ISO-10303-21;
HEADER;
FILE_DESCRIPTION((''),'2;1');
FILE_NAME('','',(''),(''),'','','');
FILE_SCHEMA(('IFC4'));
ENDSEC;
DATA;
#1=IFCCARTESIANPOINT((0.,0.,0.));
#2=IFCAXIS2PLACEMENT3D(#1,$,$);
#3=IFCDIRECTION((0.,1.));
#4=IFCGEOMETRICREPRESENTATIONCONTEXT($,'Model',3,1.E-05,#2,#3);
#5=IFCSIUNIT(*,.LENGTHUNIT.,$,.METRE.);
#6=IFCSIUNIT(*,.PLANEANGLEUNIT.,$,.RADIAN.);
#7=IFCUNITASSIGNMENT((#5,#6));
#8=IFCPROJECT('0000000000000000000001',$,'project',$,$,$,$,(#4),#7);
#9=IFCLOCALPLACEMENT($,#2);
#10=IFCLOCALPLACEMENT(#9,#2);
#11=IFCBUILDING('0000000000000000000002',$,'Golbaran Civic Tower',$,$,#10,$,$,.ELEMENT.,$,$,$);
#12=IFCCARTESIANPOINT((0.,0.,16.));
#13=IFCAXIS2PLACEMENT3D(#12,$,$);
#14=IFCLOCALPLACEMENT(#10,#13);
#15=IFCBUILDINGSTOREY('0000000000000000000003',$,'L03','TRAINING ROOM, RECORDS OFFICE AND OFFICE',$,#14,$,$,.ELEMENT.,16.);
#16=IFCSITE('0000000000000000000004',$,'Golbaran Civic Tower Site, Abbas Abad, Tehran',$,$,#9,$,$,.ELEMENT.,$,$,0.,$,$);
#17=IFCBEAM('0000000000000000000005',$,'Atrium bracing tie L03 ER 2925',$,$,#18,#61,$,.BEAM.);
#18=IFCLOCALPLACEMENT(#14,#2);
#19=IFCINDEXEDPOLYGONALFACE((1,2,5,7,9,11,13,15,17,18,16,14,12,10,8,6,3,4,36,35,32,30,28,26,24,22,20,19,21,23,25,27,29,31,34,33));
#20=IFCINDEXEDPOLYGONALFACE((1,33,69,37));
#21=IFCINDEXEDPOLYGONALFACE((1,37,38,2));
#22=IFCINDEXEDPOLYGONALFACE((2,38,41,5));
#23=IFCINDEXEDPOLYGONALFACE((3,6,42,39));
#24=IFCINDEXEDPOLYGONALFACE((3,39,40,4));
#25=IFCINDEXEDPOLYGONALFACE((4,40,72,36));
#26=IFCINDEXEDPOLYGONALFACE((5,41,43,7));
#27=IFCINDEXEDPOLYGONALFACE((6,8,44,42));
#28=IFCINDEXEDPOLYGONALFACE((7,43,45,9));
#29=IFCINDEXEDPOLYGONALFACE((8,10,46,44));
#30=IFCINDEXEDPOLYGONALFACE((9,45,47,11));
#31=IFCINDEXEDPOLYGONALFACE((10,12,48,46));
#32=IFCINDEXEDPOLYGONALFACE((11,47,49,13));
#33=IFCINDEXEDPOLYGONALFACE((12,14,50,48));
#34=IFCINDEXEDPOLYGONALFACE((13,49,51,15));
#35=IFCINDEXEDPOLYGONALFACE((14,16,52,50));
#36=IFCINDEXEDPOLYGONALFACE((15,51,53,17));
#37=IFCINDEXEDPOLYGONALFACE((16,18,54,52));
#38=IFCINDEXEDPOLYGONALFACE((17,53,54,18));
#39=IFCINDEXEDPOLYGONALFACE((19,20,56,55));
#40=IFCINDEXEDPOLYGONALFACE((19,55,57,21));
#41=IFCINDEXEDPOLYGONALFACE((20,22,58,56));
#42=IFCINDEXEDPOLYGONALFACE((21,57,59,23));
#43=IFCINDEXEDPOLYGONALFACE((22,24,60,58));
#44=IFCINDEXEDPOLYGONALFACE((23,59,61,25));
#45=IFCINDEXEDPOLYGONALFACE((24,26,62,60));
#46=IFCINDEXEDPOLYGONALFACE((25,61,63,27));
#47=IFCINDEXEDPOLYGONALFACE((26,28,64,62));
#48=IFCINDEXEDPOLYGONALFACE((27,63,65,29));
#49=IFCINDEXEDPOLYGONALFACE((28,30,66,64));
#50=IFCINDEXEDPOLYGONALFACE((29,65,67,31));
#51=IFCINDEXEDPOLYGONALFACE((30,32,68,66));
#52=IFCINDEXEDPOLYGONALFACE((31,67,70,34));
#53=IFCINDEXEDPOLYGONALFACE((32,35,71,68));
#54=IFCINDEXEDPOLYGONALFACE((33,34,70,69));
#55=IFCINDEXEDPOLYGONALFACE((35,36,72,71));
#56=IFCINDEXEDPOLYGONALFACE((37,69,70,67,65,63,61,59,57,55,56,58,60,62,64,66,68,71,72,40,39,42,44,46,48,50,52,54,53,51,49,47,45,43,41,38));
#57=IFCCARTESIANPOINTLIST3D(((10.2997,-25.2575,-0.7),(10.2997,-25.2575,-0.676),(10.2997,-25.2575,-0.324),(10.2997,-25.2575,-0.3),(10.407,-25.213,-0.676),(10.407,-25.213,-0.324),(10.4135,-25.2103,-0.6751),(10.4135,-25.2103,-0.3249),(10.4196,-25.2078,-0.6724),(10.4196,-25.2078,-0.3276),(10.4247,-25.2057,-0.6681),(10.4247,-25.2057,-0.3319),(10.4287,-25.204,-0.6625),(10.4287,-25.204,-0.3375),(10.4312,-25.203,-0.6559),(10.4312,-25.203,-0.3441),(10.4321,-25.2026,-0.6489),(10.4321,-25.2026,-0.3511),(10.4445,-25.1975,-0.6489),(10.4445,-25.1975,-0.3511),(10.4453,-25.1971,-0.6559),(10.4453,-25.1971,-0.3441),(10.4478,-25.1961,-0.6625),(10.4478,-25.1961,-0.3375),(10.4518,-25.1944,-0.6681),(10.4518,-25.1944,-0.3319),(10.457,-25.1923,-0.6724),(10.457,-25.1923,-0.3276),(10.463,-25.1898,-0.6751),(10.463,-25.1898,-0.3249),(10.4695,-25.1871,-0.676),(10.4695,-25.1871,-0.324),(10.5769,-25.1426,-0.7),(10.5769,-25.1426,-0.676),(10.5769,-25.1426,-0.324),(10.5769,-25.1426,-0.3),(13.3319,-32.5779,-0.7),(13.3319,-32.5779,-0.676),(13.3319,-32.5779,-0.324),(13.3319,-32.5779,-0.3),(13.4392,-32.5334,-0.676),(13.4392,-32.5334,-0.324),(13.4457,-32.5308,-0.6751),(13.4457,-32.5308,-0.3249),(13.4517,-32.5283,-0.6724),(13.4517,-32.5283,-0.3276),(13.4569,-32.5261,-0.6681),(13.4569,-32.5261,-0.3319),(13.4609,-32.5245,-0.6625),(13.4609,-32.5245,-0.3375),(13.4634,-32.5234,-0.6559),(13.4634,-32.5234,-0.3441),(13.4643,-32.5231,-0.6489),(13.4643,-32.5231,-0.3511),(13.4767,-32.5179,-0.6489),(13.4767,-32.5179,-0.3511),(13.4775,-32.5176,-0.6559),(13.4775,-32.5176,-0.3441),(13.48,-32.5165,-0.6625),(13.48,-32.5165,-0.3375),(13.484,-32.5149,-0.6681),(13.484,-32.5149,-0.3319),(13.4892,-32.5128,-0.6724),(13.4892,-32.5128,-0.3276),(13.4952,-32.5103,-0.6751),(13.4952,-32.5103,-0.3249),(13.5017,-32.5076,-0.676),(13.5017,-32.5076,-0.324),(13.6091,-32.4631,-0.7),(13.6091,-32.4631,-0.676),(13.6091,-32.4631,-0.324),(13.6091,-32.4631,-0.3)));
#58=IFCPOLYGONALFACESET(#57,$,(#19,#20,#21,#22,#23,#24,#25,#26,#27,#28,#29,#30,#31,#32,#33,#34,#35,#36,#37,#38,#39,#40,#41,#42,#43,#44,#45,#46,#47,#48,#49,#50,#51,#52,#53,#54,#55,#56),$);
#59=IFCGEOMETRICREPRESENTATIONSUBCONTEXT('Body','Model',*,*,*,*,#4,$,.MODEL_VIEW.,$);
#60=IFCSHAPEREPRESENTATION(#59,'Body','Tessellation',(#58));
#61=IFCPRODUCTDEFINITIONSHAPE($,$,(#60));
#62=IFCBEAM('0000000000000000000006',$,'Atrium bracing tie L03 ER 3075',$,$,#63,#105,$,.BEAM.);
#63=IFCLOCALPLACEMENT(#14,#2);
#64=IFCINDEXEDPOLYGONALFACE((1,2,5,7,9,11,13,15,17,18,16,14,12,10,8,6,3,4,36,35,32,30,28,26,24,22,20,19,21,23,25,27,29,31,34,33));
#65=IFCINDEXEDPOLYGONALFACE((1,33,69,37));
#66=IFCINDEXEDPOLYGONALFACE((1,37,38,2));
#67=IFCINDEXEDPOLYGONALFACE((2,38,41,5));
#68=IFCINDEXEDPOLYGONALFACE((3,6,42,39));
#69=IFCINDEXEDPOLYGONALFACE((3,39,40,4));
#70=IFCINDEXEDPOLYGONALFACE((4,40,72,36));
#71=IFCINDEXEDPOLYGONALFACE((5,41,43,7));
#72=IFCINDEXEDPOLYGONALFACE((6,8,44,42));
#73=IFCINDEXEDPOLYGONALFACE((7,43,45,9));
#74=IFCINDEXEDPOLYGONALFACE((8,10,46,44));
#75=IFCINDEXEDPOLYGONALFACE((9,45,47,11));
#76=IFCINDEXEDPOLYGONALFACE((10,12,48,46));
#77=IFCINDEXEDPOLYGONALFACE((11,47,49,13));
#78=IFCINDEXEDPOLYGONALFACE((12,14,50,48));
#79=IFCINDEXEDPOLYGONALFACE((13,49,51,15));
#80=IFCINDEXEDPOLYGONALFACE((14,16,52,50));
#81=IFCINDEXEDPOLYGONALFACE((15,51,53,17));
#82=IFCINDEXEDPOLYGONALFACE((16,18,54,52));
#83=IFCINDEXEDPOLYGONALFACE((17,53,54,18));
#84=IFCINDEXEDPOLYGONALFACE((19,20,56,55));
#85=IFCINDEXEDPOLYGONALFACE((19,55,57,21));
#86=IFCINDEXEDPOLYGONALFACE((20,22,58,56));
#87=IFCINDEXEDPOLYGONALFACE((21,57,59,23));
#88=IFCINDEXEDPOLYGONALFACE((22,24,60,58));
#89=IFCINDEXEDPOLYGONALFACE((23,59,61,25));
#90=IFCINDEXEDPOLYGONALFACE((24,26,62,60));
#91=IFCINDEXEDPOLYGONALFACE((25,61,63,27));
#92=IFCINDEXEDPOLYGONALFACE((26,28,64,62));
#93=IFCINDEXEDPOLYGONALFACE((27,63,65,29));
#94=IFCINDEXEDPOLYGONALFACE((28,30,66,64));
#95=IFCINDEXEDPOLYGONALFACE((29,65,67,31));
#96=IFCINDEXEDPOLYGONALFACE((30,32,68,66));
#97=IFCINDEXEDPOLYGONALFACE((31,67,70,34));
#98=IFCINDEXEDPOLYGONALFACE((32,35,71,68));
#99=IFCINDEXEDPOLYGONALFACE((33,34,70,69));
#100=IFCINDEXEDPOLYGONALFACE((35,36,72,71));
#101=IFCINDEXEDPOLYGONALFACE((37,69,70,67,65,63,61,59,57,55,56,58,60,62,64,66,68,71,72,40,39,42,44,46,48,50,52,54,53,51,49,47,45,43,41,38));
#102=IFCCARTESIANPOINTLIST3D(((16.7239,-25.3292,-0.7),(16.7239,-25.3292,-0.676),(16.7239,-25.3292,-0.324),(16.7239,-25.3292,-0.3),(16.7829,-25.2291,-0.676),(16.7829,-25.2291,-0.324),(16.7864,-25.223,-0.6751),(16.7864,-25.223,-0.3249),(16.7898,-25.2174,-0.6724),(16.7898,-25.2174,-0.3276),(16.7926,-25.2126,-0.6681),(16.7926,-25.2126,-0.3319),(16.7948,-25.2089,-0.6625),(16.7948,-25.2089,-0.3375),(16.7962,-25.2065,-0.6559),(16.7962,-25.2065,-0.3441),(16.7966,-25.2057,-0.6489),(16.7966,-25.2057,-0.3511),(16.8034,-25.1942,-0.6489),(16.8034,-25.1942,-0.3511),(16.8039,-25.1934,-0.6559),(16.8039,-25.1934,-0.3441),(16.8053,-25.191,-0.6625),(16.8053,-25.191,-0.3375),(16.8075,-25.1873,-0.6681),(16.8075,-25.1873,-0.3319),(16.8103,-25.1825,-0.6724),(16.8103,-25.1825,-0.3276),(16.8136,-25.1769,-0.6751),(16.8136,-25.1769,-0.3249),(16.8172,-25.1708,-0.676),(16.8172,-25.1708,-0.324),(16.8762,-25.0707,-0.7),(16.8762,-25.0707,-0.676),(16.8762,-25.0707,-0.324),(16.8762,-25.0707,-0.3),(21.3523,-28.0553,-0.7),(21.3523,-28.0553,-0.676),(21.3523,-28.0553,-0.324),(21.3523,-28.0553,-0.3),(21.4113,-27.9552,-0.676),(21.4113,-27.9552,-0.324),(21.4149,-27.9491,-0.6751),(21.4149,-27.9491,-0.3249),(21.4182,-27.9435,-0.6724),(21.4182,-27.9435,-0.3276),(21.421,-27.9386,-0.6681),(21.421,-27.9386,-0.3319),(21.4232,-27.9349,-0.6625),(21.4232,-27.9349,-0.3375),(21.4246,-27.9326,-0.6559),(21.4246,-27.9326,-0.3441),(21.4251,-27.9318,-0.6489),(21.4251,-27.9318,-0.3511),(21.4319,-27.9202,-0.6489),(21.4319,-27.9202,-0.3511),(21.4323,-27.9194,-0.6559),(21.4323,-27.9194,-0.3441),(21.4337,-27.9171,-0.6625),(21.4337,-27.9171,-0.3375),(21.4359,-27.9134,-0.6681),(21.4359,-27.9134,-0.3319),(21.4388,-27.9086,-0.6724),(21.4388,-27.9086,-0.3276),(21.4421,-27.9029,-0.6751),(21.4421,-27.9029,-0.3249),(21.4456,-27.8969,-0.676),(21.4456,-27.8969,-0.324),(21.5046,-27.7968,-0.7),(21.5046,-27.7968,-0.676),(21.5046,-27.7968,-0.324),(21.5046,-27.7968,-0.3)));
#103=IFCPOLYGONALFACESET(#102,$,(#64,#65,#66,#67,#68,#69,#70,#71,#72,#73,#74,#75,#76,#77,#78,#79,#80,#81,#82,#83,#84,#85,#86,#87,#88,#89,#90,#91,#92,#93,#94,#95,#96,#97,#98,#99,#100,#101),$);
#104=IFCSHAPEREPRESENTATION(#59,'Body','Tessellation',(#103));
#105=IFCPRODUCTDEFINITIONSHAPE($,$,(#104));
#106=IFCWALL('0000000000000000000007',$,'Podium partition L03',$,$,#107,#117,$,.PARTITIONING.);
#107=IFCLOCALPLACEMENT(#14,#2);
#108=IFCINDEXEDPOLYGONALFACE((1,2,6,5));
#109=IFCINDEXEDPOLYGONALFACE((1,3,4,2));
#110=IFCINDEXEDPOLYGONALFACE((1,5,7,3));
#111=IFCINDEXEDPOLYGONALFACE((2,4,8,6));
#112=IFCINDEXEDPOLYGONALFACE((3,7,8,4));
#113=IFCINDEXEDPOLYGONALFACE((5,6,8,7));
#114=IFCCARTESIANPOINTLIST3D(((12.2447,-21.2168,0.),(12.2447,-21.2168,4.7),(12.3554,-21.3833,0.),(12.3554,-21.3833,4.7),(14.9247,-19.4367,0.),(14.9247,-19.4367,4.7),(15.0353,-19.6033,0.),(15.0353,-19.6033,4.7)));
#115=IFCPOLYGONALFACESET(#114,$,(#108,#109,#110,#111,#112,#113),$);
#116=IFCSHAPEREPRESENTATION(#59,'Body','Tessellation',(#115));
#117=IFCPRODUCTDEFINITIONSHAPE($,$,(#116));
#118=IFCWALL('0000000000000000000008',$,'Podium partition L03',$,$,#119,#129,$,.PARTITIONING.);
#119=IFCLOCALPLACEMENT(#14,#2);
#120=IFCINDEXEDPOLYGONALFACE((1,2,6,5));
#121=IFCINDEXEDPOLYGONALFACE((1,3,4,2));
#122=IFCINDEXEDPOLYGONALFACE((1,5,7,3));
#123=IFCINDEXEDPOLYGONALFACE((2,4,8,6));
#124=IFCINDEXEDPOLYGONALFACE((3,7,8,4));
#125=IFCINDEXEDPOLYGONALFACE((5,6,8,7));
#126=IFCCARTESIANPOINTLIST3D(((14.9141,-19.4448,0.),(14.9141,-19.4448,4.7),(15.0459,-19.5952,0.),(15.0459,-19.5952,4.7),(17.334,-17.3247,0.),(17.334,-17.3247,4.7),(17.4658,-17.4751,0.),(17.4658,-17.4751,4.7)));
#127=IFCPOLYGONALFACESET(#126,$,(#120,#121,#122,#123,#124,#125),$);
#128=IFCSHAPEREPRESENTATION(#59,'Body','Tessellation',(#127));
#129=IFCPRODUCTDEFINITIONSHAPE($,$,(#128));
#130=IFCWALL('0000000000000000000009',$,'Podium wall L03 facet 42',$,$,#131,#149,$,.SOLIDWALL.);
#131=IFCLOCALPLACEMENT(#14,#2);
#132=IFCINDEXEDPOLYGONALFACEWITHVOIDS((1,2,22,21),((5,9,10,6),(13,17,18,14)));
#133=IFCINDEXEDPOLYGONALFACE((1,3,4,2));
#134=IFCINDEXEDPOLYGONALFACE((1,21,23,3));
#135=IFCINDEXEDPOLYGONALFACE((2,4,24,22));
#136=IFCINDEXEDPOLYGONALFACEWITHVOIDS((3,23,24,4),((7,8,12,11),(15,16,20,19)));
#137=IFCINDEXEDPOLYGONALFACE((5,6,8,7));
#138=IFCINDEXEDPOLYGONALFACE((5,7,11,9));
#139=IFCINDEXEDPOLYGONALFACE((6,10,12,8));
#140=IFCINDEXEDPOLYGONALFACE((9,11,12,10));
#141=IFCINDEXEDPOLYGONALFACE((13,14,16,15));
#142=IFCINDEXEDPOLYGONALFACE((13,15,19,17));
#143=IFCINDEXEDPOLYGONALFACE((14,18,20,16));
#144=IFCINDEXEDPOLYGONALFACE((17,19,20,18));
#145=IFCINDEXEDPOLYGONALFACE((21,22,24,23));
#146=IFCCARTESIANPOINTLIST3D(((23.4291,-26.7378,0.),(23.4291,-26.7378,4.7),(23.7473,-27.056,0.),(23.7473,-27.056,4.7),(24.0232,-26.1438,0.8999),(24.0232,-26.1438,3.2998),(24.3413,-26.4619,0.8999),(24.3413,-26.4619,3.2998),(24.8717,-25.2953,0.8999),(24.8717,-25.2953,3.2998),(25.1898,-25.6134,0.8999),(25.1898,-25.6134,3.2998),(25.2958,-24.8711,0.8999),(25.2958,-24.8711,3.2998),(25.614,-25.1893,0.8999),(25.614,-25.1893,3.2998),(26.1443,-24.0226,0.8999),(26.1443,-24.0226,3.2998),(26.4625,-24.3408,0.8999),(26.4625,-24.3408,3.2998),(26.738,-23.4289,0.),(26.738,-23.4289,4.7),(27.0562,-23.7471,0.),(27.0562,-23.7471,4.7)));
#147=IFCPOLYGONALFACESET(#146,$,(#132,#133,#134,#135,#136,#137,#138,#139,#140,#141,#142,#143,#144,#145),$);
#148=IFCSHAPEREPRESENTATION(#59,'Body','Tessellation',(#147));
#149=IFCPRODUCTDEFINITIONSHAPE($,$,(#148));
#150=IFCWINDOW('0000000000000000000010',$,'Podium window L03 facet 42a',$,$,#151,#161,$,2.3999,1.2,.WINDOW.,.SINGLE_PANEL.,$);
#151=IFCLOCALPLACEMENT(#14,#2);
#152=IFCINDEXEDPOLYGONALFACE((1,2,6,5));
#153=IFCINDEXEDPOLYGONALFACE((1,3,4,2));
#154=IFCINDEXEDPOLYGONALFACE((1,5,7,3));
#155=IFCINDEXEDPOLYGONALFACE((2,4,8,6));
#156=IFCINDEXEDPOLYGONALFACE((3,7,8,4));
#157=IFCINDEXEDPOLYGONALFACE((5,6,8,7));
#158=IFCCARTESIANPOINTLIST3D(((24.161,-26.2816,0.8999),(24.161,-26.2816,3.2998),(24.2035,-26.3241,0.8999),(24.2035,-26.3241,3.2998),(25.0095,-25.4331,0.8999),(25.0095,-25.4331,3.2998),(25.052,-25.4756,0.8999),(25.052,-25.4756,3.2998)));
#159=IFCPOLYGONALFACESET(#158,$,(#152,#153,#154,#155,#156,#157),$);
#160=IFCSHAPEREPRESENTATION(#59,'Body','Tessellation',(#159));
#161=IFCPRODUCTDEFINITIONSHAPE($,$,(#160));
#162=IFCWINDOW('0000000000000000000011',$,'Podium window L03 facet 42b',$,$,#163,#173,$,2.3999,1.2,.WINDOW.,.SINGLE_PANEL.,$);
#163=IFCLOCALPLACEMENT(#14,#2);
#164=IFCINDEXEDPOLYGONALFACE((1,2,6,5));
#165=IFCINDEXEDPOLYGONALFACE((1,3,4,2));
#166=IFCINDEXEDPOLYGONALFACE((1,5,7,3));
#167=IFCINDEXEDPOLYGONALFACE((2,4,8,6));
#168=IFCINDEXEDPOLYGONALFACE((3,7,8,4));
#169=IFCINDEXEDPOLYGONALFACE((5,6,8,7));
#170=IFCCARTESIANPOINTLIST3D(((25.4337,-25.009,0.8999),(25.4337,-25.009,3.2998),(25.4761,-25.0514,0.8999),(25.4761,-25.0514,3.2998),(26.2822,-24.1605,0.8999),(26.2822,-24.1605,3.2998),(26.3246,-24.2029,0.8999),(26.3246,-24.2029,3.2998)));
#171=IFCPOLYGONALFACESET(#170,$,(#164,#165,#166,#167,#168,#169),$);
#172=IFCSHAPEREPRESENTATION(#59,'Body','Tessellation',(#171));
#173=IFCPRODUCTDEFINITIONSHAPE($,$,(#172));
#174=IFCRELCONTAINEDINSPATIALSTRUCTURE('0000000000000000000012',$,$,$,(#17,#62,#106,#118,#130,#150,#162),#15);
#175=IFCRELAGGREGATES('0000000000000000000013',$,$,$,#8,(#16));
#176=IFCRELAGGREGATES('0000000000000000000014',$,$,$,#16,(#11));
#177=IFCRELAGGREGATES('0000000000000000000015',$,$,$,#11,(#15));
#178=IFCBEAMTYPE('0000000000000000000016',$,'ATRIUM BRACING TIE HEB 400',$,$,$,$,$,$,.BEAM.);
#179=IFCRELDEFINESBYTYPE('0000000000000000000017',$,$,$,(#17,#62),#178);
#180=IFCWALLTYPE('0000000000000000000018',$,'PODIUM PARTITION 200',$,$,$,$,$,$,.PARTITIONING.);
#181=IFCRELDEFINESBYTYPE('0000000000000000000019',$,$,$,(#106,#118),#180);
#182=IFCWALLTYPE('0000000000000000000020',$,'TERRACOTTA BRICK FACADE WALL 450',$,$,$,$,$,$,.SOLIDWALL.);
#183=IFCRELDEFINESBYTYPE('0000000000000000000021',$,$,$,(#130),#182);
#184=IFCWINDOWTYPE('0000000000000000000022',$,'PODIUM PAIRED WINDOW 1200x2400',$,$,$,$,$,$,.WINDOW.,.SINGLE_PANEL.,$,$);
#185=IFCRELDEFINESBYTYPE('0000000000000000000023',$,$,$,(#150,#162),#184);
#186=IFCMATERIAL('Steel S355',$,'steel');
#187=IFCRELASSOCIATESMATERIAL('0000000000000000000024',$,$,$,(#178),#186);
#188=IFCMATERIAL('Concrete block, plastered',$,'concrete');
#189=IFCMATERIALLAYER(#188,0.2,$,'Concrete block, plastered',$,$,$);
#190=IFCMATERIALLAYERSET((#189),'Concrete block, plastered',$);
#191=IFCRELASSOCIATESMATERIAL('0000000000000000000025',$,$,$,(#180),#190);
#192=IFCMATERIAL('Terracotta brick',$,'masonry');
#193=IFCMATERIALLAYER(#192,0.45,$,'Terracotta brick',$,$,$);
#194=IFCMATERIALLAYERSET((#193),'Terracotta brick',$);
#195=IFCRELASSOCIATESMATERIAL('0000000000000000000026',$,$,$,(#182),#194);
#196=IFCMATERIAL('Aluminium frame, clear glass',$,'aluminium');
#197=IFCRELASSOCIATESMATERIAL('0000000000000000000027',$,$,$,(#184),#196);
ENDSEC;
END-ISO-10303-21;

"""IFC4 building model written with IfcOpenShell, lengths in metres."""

from ifc_helpers import new_model, si_unit, direction, frame, frame_2d, origin, origin_2d, place, context, subcontext, project, spatial, rectangle, i_section, extrude, material, layer, layer_set, material_profile, profile_set, type_object, element, fill, save


model = new_model("IFC4")

# Units and contexts
model_context = context("Model", 3, precision=1e-05, world=origin(), true_north=direction((0.0, 1.0)))
body_context = subcontext(model_context, "Body", "Model", "MODEL_VIEW")
ifc_project = project(units=[si_unit("LENGTHUNIT", "METRE"), si_unit("PLANEANGLEUNIT", "RADIAN")], contexts=[model_context])

# Site, building, storey
site_placement = place(None, origin())
site = spatial("IfcSite", under=ifc_project, at=site_placement, Name="Golbaran Civic Tower Site, Abbas Abad, Tehran", CompositionType="ELEMENT", RefElevation=0.0)
building_placement = place(site_placement, origin())
building = spatial("IfcBuilding", under=site, at=building_placement, Name="Golbaran Civic Tower", CompositionType="ELEMENT")
storey_placement = place(building_placement, frame((0.0, 0.0, 16.0)))
storey = spatial("IfcBuildingStorey", under=building, at=storey_placement, Name="L03", Description="TRAINING ROOM, RECORDS OFFICE AND OFFICE", CompositionType="ELEMENT", Elevation=16.0)

# Beams
ifc_material_1 = material(Name="Steel S355", Category="steel")
ifc_material_profile_1 = material_profile(ifc_material_1, i_section(OverallWidth=0.3, OverallDepth=0.3999, WebThickness=0.0134, FlangeThickness=0.0239, FilletRadius=0.0271, at=origin_2d()), Name="HEB 400")
ifc_profile_set_1 = profile_set([ifc_material_profile_1], Name="Steel S355")
beam_type = type_object("IfcBeamType", Name="ATRIUM BRACING TIE HEB 400", PredefinedType="BEAM", material=ifc_profile_set_1)
beam_1_placement = place(storey_placement, frame((13.4705, -32.5205, -0.5), z_axis=(-0.382678, 0.923882, 0.0), x_axis=(-0.923882, -0.382678, 0.0)))
element("IfcBeam", 1, at=beam_1_placement, inside=storey, type_object=beam_type, Name="Atrium bracing tie L03 ER 2925", PredefinedType="BEAM", context=body_context, shape_type="SweptSolid", body=[
    extrude(i_section(OverallWidth=0.3, OverallDepth=0.3999, WebThickness=0.0134, FlangeThickness=0.0239, FilletRadius=0.0271, at=origin_2d()), origin(), (0.0, 0.0, 1.0), 7.9236),
])
beam_2_placement = place(storey_placement, frame((21.4285, -27.926, -0.5), z_axis=(-0.861651, 0.507501, 0.0), x_axis=(-0.507501, -0.861651, 0.0)))
element("IfcBeam", 2, at=beam_2_placement, inside=storey, type_object=beam_type, Name="Atrium bracing tie L03 ER 3075", PredefinedType="BEAM", context=body_context, shape_type="SweptSolid", body=[
    extrude(i_section(OverallWidth=0.3, OverallDepth=0.3999, WebThickness=0.0134, FlangeThickness=0.0239, FilletRadius=0.0271, at=origin_2d()), origin(), (0.0, 0.0, 1.0), 5.3716),
])

# Walls
ifc_material_2 = material(Name="Concrete block, plastered", Category="concrete")
ifc_layer_1 = layer(ifc_material_2, 0.2, Name="Concrete block, plastered")
ifc_layer_set_1 = layer_set([ifc_layer_1], Name="Concrete block, plastered")
wall_type_1 = type_object("IfcWallType", Name="PODIUM PARTITION 200", PredefinedType="PARTITIONING", material=ifc_layer_set_1)
for number, where, z_axis, x_axis, name in (
    (3, (12.3, -21.3, 0.0), (0.0, 0.0, 1.0), (0.832995, 0.553281, 0.0), "Podium partition L03"),
    (4, (14.98, -19.52, 0.0), (0.0, 0.0, 1.0), (0.752163, 0.658977, 0.0), "Podium partition L03"),
):
    element("IfcWall", number, at=place(storey_placement, frame(where, z_axis=z_axis, x_axis=x_axis)), inside=storey, type_object=wall_type_1, Name=name, PredefinedType="PARTITIONING", context=body_context, shape_type="SweptSolid", body=[
        extrude(rectangle(XDim=3.2173, YDim=0.2, at=frame_2d((1.6086, 0.0))), origin(), (0.0, 0.0, 1.0), 4.7),
    ])

# Wall, openings, windows
ifc_material_3 = material(Name="Terracotta brick", Category="masonry")
ifc_layer_2 = layer(ifc_material_3, 0.45, Name="Terracotta brick")
ifc_layer_set_2 = layer_set([ifc_layer_2], Name="Terracotta brick")
wall_type_2 = type_object("IfcWallType", Name="TERRACOTTA BRICK FACADE WALL 450", PredefinedType="SOLIDWALL", material=ifc_layer_set_2)
wall_1_placement = place(storey_placement, frame((23.5881, -26.897, 0.0), z_axis=(0.0, 0.0, 1.0), x_axis=(0.707107, 0.707107, 0.0)))
wall_1 = element("IfcWall", 5, at=wall_1_placement, inside=storey, type_object=wall_type_2, Name="Podium wall L03 facet 42", PredefinedType="SOLIDWALL", context=body_context, shape_type="SweptSolid", body=[
    extrude(rectangle(XDim=4.6794, YDim=0.45, at=frame_2d((2.3398, 0.0))), origin(), (0.0, 0.0, 1.0), 4.7),
])
opening_1_placement = place(wall_1_placement, frame((0.8401, 0.0, 0.8999)))
opening_1 = element("IfcOpeningElement", 6, at=opening_1_placement, cuts=wall_1, PredefinedType="OPENING", context=body_context, shape_type="SweptSolid", body=[
    extrude(rectangle(XDim=1.2, YDim=2.3999, at=frame_2d((0.6001, 1.2))), frame((0.0, 0.2349, 0.0), z_axis=(0.0, -1.0, 0.0), x_axis=(1.0, 0.0, 0.0)), (0.0, 0.0, 1.0), 0.47),
])
opening_2_placement = place(wall_1_placement, frame((2.6399, 0.0, 0.8999)))
opening_2 = element("IfcOpeningElement", 7, at=opening_2_placement, cuts=wall_1, PredefinedType="OPENING", context=body_context, shape_type="SweptSolid", body=[
    extrude(rectangle(XDim=1.2, YDim=2.3999, at=frame_2d((0.6001, 1.2))), frame((0.0, 0.2349, 0.0), z_axis=(0.0, -1.0, 0.0), x_axis=(1.0, 0.0, 0.0)), (0.0, 0.0, 1.0), 0.47),
])
ifc_material_4 = material(Name="Aluminium frame, clear glass", Category="aluminium")
window_type_1 = type_object("IfcWindowType", Name="PODIUM PAIRED WINDOW 1200x2400", PartitioningType="SINGLE_PANEL", PredefinedType="WINDOW", material=ifc_material_4)
window_1_placement = place(opening_1_placement, origin())
window_1 = element("IfcWindow", 8, at=window_1_placement, inside=storey, type_object=window_type_1, Name="Podium window L03 facet 42a", OverallHeight=2.3999, OverallWidth=1.2, PartitioningType="SINGLE_PANEL", PredefinedType="WINDOW", context=body_context, shape_type="SweptSolid", body=[
    extrude(rectangle(XDim=1.2, YDim=2.3999, at=frame_2d((0.6001, 1.2))), frame((0.0, 0.03, 0.0), z_axis=(0.0, -1.0, 0.0), x_axis=(1.0, 0.0, 0.0)), (0.0, 0.0, 1.0), 0.0601),
])
fill(opening_1, window_1)
window_2_placement = place(opening_2_placement, origin())
window_2 = element("IfcWindow", 9, at=window_2_placement, inside=storey, type_object=window_type_1, Name="Podium window L03 facet 42b", OverallHeight=2.3999, OverallWidth=1.2, PartitioningType="SINGLE_PANEL", PredefinedType="WINDOW", context=body_context, shape_type="SweptSolid", body=[
    extrude(rectangle(XDim=1.2, YDim=2.3999, at=frame_2d((0.6001, 1.2))), frame((0.0, 0.03, 0.0), z_axis=(0.0, -1.0, 0.0), x_axis=(1.0, 0.0, 0.0)), (0.0, 0.0, 1.0), 0.0601),
])
fill(opening_2, window_2)

save(model, "model.ifc")
